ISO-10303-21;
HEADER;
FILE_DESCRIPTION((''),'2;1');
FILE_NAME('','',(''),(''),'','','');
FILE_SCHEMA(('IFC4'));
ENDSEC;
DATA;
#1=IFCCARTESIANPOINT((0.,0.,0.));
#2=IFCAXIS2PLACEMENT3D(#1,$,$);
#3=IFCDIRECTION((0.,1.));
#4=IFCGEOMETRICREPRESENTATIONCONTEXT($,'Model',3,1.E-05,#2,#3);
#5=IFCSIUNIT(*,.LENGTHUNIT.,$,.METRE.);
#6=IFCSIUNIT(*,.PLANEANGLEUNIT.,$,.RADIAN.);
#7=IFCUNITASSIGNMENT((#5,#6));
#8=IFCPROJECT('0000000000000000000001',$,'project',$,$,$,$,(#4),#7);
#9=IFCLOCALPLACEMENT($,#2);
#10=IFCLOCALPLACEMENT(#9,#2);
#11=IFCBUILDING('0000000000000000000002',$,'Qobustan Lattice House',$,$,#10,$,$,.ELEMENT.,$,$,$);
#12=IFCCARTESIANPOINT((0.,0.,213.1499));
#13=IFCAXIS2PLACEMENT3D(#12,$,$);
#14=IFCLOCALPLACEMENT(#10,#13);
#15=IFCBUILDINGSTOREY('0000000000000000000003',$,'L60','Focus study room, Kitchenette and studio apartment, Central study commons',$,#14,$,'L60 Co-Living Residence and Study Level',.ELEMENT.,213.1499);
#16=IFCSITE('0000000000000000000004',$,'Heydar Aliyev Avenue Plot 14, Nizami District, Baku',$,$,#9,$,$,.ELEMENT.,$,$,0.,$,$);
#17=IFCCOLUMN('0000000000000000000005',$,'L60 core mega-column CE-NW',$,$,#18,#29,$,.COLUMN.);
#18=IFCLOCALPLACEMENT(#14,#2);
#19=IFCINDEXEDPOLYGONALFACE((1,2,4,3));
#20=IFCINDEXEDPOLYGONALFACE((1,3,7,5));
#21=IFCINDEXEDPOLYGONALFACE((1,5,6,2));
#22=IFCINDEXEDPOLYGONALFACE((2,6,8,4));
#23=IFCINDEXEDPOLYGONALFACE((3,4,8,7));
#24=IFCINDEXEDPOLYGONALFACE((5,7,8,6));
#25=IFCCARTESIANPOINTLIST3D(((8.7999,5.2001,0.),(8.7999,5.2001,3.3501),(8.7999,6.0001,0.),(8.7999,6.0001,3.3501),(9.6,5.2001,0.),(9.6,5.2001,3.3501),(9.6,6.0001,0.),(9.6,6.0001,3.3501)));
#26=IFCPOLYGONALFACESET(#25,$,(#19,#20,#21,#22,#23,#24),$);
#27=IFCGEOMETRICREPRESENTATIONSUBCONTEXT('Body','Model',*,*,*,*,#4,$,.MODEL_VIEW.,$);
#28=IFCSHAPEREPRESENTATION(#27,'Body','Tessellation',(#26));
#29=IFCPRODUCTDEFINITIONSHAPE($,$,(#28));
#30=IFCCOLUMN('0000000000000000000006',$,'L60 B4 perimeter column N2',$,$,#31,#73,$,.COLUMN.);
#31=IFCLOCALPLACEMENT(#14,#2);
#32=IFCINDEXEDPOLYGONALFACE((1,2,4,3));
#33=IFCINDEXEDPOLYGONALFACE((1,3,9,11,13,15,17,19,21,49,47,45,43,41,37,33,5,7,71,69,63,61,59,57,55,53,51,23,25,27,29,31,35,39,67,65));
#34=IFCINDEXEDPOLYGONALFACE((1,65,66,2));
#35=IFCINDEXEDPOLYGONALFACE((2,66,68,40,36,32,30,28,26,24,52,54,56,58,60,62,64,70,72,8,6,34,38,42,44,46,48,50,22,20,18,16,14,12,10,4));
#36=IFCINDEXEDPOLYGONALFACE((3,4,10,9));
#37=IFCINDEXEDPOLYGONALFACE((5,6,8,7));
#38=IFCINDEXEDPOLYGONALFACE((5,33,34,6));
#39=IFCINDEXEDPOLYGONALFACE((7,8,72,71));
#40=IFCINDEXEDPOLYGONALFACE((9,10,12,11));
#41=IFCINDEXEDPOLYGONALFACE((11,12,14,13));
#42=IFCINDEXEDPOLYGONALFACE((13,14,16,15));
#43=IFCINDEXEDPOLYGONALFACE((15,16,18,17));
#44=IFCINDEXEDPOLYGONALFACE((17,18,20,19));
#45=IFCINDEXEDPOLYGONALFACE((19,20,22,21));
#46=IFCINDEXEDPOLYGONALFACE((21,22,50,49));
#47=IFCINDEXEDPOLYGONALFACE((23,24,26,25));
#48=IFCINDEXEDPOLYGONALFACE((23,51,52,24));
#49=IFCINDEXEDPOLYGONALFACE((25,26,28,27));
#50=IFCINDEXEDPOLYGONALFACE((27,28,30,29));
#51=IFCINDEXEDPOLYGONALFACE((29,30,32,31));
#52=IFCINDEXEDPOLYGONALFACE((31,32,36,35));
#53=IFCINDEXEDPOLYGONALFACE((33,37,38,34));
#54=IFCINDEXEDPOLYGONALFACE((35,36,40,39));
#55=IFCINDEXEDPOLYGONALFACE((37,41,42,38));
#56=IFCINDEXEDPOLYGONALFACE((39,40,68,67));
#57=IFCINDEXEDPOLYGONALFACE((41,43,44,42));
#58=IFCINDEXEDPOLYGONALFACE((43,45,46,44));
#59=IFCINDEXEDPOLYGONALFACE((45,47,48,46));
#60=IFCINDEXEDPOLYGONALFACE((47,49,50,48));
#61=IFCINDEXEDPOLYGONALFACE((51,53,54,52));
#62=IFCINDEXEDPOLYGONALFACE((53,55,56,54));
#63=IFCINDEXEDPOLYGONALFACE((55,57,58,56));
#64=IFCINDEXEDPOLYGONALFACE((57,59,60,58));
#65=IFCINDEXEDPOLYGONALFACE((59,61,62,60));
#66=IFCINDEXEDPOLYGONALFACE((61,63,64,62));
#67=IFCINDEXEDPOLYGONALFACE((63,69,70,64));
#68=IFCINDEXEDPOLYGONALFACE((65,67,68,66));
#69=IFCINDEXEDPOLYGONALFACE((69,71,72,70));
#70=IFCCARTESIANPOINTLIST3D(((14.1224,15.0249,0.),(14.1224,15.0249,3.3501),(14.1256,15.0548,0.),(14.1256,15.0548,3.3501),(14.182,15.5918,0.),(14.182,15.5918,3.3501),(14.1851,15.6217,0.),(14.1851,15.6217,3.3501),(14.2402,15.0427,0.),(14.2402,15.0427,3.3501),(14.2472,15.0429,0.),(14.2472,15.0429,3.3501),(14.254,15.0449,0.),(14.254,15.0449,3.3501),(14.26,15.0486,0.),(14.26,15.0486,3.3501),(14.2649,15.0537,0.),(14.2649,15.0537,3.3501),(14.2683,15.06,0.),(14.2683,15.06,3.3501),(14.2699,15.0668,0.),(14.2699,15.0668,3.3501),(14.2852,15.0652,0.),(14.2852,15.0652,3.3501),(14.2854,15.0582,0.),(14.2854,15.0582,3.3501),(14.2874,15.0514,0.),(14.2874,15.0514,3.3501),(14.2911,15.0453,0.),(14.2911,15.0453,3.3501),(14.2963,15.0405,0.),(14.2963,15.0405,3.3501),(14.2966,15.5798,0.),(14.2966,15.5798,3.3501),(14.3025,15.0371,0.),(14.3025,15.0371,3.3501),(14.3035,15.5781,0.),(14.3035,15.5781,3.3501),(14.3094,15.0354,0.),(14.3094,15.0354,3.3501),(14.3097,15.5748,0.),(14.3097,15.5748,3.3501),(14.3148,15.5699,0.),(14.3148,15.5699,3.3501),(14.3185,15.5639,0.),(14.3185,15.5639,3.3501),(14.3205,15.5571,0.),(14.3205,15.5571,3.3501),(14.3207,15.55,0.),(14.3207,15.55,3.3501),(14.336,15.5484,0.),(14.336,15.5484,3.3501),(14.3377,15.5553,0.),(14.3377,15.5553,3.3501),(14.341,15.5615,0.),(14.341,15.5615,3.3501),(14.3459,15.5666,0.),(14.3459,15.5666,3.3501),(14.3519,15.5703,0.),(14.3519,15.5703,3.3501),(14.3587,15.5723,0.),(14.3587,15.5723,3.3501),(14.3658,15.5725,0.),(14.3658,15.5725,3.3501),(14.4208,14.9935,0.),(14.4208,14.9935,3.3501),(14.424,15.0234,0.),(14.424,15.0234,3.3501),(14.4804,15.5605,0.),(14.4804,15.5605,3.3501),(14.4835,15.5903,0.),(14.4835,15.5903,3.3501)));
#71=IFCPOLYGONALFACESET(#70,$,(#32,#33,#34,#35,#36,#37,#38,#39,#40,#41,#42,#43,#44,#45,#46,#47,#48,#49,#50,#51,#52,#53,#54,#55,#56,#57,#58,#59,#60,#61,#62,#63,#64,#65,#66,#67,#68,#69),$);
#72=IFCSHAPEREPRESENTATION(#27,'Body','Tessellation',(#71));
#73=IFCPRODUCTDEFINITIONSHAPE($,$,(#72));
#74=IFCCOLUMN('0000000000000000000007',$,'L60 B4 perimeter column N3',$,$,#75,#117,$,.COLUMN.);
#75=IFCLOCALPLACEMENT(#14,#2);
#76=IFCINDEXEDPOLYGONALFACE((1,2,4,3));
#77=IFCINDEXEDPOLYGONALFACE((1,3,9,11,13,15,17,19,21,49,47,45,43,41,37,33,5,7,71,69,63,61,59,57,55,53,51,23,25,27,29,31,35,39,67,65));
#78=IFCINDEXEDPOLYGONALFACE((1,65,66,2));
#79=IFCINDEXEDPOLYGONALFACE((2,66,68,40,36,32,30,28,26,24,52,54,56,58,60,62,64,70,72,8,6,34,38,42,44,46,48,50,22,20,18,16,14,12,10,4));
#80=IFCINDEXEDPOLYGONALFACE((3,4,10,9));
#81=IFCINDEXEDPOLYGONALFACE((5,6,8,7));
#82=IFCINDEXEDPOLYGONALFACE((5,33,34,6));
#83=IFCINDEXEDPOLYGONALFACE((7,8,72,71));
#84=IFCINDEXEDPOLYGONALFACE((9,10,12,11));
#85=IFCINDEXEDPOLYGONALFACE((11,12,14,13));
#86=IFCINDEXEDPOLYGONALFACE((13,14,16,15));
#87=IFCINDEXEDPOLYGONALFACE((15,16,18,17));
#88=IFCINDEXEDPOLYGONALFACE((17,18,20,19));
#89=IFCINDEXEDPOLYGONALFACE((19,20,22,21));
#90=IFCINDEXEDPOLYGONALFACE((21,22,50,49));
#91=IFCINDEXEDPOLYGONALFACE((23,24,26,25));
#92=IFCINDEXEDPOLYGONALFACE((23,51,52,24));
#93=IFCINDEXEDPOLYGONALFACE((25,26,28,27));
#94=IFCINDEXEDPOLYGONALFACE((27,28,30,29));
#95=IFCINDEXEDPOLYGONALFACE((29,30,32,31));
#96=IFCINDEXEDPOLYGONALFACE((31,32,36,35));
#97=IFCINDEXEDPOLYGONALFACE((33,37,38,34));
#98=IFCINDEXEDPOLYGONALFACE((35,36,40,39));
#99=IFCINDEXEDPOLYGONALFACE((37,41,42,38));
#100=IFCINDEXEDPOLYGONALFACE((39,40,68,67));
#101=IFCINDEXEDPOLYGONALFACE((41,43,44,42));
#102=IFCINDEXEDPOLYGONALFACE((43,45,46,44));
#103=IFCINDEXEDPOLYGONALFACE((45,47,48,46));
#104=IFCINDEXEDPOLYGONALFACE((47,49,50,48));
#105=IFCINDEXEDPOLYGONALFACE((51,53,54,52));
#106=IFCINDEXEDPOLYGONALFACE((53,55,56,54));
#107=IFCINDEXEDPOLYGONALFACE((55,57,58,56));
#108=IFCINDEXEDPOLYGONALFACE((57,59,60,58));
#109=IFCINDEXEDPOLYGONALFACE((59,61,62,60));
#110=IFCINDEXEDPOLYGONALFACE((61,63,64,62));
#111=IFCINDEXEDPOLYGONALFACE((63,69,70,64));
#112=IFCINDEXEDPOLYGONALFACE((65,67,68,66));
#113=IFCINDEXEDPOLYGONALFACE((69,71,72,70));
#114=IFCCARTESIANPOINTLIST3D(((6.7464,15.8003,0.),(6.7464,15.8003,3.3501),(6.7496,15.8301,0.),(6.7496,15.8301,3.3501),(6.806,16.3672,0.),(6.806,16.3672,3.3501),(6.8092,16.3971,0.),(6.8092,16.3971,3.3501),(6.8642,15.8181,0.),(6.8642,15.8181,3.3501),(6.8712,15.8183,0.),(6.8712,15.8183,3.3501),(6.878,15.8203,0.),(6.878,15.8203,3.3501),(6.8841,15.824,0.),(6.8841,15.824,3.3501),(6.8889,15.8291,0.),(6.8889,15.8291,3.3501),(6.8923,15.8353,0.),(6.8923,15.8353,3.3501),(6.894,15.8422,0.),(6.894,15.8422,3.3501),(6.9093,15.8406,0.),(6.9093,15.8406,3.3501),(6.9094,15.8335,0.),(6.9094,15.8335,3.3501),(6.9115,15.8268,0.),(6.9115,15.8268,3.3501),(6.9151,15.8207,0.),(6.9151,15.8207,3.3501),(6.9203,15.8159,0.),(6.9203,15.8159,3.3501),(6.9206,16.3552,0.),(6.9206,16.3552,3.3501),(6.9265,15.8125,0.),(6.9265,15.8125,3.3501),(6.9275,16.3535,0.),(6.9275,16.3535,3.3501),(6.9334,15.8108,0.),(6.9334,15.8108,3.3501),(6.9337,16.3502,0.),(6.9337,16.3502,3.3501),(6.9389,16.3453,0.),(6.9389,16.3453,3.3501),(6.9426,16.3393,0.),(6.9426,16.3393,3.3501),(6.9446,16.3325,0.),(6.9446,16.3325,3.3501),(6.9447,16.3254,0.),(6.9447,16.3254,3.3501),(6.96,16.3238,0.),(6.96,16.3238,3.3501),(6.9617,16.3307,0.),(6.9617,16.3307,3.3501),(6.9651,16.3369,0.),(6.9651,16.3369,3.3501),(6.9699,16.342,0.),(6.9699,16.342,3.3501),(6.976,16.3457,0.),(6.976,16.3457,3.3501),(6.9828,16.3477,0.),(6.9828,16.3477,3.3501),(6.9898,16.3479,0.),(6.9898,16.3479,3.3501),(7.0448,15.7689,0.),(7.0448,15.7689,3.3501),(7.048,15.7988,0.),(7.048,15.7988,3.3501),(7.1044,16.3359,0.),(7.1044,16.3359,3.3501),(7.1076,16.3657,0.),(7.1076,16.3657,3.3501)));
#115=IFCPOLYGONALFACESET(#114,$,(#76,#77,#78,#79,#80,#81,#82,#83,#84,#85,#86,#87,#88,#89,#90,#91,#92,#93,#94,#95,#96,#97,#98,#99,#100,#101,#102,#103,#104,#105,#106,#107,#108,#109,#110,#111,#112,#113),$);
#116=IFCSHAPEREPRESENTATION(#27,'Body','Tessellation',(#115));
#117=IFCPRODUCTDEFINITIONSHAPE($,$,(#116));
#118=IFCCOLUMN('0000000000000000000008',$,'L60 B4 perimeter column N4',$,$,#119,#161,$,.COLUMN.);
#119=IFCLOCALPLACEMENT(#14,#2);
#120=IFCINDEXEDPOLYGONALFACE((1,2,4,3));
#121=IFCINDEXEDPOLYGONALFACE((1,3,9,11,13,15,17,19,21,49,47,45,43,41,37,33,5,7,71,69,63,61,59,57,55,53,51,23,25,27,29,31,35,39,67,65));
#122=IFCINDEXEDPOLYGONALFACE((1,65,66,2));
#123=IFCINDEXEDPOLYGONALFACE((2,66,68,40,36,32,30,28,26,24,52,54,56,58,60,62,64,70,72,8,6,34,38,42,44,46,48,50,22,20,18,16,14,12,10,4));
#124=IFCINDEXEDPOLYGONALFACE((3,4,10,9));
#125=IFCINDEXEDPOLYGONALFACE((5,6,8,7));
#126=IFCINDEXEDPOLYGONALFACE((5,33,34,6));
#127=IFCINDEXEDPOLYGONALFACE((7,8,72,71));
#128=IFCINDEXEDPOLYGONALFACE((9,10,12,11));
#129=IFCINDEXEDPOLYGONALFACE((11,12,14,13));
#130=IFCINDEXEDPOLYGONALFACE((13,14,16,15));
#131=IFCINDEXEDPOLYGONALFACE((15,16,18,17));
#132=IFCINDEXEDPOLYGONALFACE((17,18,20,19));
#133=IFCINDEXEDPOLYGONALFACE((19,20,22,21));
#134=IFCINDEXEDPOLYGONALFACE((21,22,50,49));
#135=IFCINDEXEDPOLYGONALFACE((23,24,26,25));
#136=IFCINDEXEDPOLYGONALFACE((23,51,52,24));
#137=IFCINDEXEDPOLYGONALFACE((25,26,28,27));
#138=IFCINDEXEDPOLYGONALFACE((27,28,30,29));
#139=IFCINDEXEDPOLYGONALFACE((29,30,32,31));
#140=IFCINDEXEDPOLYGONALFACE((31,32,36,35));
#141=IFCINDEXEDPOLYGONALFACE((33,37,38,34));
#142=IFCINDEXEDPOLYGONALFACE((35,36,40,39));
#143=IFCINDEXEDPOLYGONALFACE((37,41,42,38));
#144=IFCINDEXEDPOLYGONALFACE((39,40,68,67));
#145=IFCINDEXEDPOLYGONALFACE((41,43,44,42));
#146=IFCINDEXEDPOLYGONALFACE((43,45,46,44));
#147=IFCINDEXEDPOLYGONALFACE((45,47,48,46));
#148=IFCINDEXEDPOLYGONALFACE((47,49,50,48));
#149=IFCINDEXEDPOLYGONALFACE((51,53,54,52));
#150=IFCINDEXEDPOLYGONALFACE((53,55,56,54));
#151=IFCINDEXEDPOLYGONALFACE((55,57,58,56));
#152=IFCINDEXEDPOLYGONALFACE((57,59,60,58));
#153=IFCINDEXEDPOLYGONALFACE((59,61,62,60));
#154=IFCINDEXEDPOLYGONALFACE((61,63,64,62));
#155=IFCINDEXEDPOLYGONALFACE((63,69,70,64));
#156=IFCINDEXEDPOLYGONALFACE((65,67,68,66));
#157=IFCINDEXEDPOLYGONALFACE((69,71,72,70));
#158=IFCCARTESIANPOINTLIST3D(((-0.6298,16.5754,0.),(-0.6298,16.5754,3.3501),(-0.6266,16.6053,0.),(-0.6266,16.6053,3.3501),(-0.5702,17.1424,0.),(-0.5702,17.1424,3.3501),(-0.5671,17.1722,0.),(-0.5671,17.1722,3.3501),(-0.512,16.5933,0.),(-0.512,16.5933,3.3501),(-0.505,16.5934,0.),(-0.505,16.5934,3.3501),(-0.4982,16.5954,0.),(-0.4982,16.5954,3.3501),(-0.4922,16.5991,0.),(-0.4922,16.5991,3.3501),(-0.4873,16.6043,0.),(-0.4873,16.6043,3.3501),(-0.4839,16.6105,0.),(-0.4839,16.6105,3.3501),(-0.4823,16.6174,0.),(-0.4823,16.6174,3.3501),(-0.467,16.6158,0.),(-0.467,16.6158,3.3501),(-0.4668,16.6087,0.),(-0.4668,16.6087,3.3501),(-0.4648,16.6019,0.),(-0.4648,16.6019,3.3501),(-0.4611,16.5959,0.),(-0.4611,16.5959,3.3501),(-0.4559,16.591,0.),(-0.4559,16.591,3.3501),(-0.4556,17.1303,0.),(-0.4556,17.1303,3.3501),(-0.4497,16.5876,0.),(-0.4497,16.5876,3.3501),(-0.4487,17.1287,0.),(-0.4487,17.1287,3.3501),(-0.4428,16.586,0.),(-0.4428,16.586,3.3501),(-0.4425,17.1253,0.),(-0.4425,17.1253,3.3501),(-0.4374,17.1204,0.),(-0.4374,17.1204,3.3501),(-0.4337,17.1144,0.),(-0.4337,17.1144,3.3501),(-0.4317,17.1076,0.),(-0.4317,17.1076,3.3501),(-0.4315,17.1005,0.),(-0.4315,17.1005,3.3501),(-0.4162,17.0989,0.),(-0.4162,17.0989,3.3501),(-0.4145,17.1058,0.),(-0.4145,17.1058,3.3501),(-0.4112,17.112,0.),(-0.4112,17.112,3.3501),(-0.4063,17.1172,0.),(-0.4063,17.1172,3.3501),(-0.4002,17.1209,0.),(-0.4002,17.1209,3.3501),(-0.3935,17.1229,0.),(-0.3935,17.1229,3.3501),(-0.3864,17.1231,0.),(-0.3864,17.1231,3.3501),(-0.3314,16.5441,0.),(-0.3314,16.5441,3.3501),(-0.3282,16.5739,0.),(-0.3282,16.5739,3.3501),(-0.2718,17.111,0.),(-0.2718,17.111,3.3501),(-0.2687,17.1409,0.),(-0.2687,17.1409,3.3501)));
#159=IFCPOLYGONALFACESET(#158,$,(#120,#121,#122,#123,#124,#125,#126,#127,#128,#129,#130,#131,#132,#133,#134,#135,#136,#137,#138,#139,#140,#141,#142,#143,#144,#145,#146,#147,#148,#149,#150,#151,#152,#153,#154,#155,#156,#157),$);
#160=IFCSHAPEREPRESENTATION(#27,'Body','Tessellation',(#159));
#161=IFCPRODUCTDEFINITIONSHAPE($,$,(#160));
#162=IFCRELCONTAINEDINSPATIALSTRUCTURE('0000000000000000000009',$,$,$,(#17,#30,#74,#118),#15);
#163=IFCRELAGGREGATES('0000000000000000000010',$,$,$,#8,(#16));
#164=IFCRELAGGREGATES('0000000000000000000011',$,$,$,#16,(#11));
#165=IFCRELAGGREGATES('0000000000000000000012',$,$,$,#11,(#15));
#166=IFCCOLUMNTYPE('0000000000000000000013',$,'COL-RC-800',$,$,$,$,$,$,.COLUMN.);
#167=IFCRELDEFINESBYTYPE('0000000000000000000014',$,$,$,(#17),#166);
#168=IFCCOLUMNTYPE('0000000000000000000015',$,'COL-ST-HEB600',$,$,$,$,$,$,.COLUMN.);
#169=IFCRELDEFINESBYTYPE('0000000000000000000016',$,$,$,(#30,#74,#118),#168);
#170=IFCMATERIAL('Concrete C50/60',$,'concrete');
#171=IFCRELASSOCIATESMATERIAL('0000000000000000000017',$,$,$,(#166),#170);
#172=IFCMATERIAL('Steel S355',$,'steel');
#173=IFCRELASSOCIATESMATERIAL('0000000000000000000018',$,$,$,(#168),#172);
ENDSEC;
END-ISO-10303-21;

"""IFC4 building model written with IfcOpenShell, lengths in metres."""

from ifc_helpers import new_model, si_unit, direction, frame, origin, origin_2d, place, context, subcontext, project, spatial, rectangle, i_section, extrude, material, material_profile, profile_set, type_object, element, save


model = new_model("IFC4")

# Units and contexts
model_context = context("Model", 3, precision=1e-05, world=origin(), true_north=direction((0.0, 1.0)))
body_context = subcontext(model_context, "Body", "Model", "MODEL_VIEW")
ifc_project = project(units=[si_unit("LENGTHUNIT", "METRE"), si_unit("PLANEANGLEUNIT", "RADIAN")], contexts=[model_context])

# Site, building, storey
site_placement = place(None, origin())
site = spatial("IfcSite", under=ifc_project, at=site_placement, Name="Heydar Aliyev Avenue Plot 14, Nizami District, Baku", CompositionType="ELEMENT", RefElevation=0.0)
building_placement = place(site_placement, origin())
building = spatial("IfcBuilding", under=site, at=building_placement, Name="Qobustan Lattice House", CompositionType="ELEMENT")
storey_placement = place(building_placement, frame((0.0, 0.0, 213.1499)))
storey = spatial("IfcBuildingStorey", under=building, at=storey_placement, Name="L60", Description="Focus study room, Kitchenette and studio apartment, Central study commons", LongName="L60 Co-Living Residence and Study Level", CompositionType="ELEMENT", Elevation=213.1499)

# Columns
ifc_material_1 = material(Name="Concrete C50/60", Category="concrete")
ifc_material_profile_1 = material_profile(ifc_material_1, rectangle(XDim=0.8, YDim=0.8, at=origin_2d()), Name="RC800x800")
ifc_profile_set_1 = profile_set([ifc_material_profile_1], Name="Concrete C50/60")
column_type_1 = type_object("IfcColumnType", Name="COL-RC-800", PredefinedType="COLUMN", material=ifc_profile_set_1)
column_placement = place(storey_placement, frame((9.2, 5.6001, 0.0), z_axis=(0.0, 0.0, 1.0), x_axis=(1.0, 0.0, 0.0)))
element("IfcColumn", 1, at=column_placement, inside=storey, type_object=column_type_1, Name="L60 core mega-column CE-NW", PredefinedType="COLUMN", context=body_context, shape_type="SweptSolid", body=[
    extrude(rectangle(XDim=0.8, YDim=0.8, at=origin_2d()), origin(), (0.0, 0.0, 1.0), 3.3501),
])
ifc_material_2 = material(Name="Steel S355", Category="steel")
ifc_material_profile_2 = material_profile(ifc_material_2, i_section(OverallWidth=0.3, OverallDepth=0.6001, WebThickness=0.0154, FlangeThickness=0.03, FilletRadius=0.0271, at=origin_2d()), Name="HEB600")
ifc_profile_set_2 = profile_set([ifc_material_profile_2], Name="Steel S355")
column_type_2 = type_object("IfcColumnType", Name="COL-ST-HEB600", PredefinedType="COLUMN", material=ifc_profile_set_2)
for number, where, z_axis, x_axis, name in (
    (2, (14.303, 15.3076, 0.0), (0.0, 0.0, 1.0), (0.994522, -0.104528, 0.0), "L60 B4 perimeter column N2"),
    (3, (6.927, 16.083, 0.0), (0.0, 0.0, 1.0), (0.994522, -0.104528, 0.0), "L60 B4 perimeter column N3"),
    (4, (-0.4492, 16.8582, 0.0), (0.0, 0.0, 1.0), (0.994522, -0.104528, 0.0), "L60 B4 perimeter column N4"),
):
    element("IfcColumn", number, at=place(storey_placement, frame(where, z_axis=z_axis, x_axis=x_axis)), inside=storey, type_object=column_type_2, Name=name, PredefinedType="COLUMN", context=body_context, shape_type="SweptSolid", body=[
        extrude(i_section(OverallWidth=0.3, OverallDepth=0.6001, WebThickness=0.0154, FlangeThickness=0.03, FilletRadius=0.0271, at=origin_2d()), origin(), (0.0, 0.0, 1.0), 3.3501),
    ])

save(model, "model.ifc")
